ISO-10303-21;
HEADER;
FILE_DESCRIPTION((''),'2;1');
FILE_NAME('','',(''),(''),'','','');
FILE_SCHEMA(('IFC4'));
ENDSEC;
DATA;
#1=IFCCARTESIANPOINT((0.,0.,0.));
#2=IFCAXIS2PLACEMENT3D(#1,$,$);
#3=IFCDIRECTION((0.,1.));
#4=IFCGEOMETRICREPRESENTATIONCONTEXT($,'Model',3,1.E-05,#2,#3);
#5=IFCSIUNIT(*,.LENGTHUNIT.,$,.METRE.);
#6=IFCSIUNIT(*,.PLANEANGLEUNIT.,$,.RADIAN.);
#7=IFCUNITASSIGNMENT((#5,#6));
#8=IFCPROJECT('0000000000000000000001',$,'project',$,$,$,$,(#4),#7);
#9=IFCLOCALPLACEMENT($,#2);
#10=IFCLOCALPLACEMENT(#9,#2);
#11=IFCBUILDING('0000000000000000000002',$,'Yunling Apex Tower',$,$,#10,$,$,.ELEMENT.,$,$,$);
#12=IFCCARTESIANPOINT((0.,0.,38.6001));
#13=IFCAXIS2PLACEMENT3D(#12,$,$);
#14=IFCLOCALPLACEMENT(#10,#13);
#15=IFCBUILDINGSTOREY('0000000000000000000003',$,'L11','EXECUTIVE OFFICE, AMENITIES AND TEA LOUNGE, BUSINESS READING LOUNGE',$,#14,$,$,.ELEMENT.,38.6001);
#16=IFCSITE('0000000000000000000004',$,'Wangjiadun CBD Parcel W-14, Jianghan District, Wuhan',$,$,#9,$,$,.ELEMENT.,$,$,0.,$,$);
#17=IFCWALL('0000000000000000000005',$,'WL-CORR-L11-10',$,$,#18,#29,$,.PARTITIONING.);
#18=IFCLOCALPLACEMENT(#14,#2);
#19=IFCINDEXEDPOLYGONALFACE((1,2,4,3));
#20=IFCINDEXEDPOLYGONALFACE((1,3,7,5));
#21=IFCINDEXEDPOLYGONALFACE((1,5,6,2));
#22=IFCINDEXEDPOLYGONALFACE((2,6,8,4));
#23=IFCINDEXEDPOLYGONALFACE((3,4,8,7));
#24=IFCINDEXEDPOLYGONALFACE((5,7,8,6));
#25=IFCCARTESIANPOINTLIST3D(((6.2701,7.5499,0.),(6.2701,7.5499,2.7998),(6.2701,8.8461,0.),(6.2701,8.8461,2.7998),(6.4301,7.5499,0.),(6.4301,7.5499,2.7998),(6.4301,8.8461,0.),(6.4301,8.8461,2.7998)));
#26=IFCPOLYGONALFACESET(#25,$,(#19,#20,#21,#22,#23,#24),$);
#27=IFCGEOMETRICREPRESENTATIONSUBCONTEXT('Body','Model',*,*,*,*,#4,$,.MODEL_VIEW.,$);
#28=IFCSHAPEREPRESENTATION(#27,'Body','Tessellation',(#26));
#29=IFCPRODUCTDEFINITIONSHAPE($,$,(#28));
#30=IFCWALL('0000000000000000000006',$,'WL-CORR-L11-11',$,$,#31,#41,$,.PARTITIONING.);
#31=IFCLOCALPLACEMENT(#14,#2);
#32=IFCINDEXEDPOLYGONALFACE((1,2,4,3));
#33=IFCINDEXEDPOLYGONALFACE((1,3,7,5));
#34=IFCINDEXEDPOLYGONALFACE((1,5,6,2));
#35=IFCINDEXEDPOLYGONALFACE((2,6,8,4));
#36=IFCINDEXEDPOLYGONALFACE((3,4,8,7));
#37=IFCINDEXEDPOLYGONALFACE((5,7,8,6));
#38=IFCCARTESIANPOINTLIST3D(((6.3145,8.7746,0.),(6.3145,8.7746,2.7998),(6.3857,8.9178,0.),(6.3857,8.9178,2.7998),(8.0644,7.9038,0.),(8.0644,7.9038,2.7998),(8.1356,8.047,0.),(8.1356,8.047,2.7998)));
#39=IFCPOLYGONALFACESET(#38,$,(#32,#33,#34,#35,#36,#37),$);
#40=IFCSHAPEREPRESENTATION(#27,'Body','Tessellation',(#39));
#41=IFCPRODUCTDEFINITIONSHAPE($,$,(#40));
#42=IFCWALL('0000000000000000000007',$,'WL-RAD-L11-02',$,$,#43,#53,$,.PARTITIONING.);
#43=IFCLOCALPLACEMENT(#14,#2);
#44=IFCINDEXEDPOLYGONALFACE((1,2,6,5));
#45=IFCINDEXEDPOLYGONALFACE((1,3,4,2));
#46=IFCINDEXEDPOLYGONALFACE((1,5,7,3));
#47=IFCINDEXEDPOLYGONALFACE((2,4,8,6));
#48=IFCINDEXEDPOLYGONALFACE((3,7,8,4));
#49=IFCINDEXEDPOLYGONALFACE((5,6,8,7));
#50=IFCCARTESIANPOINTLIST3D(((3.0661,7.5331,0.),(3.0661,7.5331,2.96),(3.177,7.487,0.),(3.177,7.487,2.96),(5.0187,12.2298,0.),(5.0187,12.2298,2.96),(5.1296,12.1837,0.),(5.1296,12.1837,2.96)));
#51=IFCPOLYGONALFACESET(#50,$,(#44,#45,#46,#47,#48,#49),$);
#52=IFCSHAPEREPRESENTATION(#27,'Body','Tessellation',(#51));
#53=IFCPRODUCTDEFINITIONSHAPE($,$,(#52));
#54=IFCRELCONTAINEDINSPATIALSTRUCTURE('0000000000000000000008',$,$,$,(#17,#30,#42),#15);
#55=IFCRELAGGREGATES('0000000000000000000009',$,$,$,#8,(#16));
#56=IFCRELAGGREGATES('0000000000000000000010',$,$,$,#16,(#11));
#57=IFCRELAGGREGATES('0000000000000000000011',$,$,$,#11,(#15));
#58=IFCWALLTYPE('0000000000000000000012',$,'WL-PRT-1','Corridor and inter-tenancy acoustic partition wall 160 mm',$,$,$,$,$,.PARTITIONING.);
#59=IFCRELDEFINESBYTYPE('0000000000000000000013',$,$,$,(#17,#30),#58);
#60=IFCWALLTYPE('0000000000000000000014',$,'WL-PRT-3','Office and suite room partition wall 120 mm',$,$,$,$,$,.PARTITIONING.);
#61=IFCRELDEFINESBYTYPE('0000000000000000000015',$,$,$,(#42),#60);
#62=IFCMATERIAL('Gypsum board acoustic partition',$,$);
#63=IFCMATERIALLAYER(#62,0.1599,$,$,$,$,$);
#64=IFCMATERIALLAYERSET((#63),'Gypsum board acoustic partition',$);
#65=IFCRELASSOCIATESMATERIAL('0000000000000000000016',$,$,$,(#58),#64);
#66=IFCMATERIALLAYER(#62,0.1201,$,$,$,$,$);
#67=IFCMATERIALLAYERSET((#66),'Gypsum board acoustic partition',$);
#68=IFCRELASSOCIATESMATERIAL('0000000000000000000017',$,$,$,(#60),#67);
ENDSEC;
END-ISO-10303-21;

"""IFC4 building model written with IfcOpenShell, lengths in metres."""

from ifc_helpers import new_model, si_unit, direction, frame, frame_2d, origin, place, context, subcontext, project, spatial, rectangle, extrude, material, layer, layer_set, type_object, element, save


model = new_model("IFC4")

# Units and contexts
model_context = context("Model", 3, precision=1e-05, world=origin(), true_north=direction((0.0, 1.0)))
body_context = subcontext(model_context, "Body", "Model", "MODEL_VIEW")
ifc_project = project(units=[si_unit("LENGTHUNIT", "METRE"), si_unit("PLANEANGLEUNIT", "RADIAN")], contexts=[model_context])

# Site, building, storey
site_placement = place(None, origin())
site = spatial("IfcSite", under=ifc_project, at=site_placement, Name="Wangjiadun CBD Parcel W-14, Jianghan District, Wuhan", CompositionType="ELEMENT", RefElevation=0.0)
building_placement = place(site_placement, origin())
building = spatial("IfcBuilding", under=site, at=building_placement, Name="Yunling Apex Tower", CompositionType="ELEMENT")
storey_placement = place(building_placement, frame((0.0, 0.0, 38.6001)))
storey = spatial("IfcBuildingStorey", under=building, at=storey_placement, Name="L11", Description="EXECUTIVE OFFICE, AMENITIES AND TEA LOUNGE, BUSINESS READING LOUNGE", CompositionType="ELEMENT", Elevation=38.6001)

# Walls
ifc_material_1 = material(Name="Gypsum board acoustic partition")
ifc_layer_1 = layer(ifc_material_1, 0.1599)
ifc_layer_set_1 = layer_set([ifc_layer_1], Name="Gypsum board acoustic partition")
wall_type_1 = type_object("IfcWallType", Name="WL-PRT-1", Description="Corridor and inter-tenancy acoustic partition wall 160 mm", PredefinedType="PARTITIONING", material=ifc_layer_set_1)
wall_1_placement = place(storey_placement, frame((6.3501, 7.55, 0.0), z_axis=(0.0, 0.0, 1.0), x_axis=(0.0, 1.0, 0.0)))
element("IfcWall", 1, at=wall_1_placement, inside=storey, type_object=wall_type_1, Name="WL-CORR-L11-10", PredefinedType="PARTITIONING", context=body_context, shape_type="SweptSolid", body=[
    extrude(rectangle(XDim=1.2961, YDim=0.1599, at=frame_2d((0.6479, 0.0))), origin(), (0.0, 0.0, 1.0), 2.7998),
])
wall_2_placement = place(storey_placement, frame((6.3501, 8.8462, 0.0), z_axis=(0.0, 0.0, 1.0), x_axis=(0.895275, -0.445514, 0.0)))
element("IfcWall", 2, at=wall_2_placement, inside=storey, type_object=wall_type_1, Name="WL-CORR-L11-11", PredefinedType="PARTITIONING", context=body_context, shape_type="SweptSolid", body=[
    extrude(rectangle(XDim=1.9546, YDim=0.1599, at=frame_2d((0.9773, 0.0))), origin(), (0.0, 0.0, 1.0), 2.7998),
])
ifc_layer_2 = layer(ifc_material_1, 0.1201)
ifc_layer_set_2 = layer_set([ifc_layer_2], Name="Gypsum board acoustic partition")
wall_type_2 = type_object("IfcWallType", Name="WL-PRT-3", Description="Office and suite room partition wall 120 mm", PredefinedType="PARTITIONING", material=ifc_layer_set_2)
wall_3_placement = place(storey_placement, frame((3.1216, 7.51, 0.0), z_axis=(0.0, 0.0, 1.0), x_axis=(0.383886, 0.923381, 0.0)))
element("IfcWall", 3, at=wall_3_placement, inside=storey, type_object=wall_type_2, Name="WL-RAD-L11-02", PredefinedType="PARTITIONING", context=body_context, shape_type="SweptSolid", body=[
    extrude(rectangle(XDim=5.0864, YDim=0.1201, at=frame_2d((2.5432, 0.0))), origin(), (0.0, 0.0, 1.0), 2.96),
])

save(model, "model.ifc")
